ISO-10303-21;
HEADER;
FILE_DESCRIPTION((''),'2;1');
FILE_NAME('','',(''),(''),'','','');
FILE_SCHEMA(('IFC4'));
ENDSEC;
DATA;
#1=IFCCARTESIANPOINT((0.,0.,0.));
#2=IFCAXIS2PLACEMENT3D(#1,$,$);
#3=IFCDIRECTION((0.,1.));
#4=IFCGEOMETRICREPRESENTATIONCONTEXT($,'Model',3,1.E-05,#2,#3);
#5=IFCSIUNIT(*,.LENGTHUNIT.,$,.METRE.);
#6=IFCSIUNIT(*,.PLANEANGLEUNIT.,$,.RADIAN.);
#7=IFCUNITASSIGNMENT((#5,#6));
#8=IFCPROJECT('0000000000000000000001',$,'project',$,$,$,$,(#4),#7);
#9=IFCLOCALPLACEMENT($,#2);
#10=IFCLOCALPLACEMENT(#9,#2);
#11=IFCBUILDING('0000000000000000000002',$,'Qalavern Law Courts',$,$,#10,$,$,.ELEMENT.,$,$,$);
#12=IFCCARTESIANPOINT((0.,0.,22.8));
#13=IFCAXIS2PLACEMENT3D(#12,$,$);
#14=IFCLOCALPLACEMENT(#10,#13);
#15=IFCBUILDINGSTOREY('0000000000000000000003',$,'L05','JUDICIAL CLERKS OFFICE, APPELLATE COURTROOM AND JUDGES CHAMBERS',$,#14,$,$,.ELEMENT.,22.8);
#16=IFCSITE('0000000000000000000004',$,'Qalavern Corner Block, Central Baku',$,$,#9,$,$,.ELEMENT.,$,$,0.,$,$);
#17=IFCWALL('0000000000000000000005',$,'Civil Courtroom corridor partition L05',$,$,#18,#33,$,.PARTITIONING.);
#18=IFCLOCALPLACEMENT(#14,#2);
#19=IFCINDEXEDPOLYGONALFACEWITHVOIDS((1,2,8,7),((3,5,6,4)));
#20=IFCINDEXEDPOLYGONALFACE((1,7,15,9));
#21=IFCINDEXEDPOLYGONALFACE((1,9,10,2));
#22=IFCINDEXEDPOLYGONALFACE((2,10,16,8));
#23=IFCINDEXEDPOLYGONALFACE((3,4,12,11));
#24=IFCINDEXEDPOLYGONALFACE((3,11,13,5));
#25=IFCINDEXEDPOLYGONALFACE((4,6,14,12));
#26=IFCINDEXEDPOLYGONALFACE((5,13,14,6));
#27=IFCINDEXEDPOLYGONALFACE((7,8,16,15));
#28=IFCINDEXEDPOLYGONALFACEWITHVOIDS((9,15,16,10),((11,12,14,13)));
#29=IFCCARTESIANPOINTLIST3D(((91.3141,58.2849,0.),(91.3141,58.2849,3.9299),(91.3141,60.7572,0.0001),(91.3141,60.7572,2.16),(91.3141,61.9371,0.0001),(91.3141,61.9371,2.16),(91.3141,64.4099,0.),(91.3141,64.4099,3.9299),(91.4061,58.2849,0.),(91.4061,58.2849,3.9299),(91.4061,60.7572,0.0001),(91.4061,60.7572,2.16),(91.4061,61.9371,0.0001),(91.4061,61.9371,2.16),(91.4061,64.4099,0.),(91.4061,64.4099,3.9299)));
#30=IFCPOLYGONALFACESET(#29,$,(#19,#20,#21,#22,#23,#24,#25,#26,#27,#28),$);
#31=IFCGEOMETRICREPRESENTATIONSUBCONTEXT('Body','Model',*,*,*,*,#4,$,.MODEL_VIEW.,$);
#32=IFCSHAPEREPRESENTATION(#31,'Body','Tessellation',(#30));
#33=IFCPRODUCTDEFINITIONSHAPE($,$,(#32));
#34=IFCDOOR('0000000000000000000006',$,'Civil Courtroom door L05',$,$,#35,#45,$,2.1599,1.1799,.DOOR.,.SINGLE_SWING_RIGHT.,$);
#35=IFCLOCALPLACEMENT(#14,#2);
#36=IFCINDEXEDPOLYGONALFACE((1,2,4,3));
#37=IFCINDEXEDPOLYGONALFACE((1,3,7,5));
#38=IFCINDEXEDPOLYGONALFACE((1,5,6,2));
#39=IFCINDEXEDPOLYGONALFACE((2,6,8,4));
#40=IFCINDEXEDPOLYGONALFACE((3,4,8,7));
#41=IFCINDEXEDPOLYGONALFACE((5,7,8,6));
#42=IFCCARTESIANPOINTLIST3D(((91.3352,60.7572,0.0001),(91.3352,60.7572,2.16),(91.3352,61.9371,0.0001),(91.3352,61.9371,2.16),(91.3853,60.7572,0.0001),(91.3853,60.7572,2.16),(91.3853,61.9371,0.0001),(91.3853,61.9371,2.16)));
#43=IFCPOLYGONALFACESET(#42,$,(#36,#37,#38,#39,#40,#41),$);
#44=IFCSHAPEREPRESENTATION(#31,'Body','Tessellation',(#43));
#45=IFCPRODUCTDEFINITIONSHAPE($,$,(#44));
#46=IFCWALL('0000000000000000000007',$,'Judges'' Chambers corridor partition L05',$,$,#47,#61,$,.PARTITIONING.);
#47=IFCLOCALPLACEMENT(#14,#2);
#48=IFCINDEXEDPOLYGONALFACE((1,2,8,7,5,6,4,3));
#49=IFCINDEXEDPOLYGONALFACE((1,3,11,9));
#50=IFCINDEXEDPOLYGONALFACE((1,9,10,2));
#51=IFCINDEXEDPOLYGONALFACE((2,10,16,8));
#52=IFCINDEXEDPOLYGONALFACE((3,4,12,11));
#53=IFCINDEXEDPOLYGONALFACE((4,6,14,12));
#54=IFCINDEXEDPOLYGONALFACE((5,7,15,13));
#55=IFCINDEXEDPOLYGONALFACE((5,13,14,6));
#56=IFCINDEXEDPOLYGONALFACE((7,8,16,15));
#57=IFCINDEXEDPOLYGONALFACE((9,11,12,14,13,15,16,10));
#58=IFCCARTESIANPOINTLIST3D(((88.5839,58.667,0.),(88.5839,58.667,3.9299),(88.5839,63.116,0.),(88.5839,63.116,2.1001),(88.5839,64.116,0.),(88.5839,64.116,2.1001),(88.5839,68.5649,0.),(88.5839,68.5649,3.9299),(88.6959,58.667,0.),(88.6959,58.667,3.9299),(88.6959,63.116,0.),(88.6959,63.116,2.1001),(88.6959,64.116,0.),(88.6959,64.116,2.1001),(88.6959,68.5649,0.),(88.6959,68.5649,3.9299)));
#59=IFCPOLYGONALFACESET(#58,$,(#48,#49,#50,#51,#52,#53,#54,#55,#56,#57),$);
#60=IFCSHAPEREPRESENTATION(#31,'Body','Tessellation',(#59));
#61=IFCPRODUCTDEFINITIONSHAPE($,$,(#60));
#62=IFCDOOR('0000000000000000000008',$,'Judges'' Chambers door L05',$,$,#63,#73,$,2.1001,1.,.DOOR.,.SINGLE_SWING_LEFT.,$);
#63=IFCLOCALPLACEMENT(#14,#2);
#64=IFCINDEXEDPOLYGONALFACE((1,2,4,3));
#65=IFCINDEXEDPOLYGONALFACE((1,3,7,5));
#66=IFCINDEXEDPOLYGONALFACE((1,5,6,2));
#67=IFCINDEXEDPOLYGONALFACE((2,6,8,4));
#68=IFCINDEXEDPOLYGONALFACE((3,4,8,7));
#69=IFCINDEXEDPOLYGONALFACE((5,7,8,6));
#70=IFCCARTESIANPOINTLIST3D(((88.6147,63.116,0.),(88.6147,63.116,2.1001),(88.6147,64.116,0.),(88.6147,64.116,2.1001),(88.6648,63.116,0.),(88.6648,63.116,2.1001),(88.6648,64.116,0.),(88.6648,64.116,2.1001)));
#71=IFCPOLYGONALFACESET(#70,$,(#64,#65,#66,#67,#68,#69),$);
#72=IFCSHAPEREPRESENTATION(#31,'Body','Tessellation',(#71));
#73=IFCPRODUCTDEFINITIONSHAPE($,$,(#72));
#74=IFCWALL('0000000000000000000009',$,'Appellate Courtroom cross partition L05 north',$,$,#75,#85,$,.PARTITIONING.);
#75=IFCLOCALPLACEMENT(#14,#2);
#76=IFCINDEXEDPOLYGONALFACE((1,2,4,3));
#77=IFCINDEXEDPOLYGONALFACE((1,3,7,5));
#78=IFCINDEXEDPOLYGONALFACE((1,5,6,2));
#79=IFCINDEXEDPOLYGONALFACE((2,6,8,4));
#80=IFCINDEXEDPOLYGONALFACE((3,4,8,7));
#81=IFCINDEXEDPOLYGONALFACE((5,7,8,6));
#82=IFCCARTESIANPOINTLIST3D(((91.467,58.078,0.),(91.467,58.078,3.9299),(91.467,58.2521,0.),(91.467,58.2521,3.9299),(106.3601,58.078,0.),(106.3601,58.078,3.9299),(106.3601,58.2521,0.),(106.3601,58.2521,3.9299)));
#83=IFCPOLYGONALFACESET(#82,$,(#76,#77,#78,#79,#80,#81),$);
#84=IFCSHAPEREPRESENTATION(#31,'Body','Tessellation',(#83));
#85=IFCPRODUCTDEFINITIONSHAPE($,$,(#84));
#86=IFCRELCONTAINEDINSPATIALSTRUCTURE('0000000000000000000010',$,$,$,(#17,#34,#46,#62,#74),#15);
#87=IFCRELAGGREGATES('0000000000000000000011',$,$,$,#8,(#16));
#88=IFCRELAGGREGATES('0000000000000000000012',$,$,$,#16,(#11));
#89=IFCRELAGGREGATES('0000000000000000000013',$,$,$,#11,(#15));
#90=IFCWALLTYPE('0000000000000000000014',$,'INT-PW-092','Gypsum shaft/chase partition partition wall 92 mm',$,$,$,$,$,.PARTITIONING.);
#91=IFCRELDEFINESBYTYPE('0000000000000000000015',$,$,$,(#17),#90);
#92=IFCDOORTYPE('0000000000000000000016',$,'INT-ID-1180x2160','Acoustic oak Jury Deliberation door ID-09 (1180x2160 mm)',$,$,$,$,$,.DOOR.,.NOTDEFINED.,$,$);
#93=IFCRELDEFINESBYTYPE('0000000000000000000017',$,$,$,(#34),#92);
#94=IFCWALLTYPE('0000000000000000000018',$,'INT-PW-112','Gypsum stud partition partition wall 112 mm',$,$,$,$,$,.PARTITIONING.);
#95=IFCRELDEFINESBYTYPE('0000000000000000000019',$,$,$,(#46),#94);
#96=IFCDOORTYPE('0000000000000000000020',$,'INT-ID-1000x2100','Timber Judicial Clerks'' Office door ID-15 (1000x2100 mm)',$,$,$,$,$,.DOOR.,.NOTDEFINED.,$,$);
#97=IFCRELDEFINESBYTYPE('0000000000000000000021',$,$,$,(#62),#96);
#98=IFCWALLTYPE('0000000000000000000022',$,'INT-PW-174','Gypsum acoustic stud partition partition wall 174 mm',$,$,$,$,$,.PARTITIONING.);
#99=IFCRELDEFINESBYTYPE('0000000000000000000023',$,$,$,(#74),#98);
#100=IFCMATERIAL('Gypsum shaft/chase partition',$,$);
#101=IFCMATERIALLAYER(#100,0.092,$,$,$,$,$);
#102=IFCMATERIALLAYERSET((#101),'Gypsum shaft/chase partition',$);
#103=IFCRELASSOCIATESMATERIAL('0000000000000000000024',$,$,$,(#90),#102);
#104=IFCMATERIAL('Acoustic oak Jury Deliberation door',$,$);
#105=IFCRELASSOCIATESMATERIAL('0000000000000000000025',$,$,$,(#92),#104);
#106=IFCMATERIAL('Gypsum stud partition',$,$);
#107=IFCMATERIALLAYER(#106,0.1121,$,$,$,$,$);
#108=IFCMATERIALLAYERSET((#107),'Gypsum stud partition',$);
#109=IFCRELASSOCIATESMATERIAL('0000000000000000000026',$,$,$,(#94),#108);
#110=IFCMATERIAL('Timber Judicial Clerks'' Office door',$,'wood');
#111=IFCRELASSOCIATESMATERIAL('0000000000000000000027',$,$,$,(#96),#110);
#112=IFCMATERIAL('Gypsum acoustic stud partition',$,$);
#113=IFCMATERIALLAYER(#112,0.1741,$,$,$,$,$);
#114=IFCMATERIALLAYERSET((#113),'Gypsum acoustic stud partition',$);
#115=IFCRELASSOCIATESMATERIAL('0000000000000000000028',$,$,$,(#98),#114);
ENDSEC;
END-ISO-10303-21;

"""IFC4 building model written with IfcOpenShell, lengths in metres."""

from ifc_helpers import new_model, si_unit, direction, frame, frame_2d, origin, place, context, subcontext, project, spatial, rectangle, extrude, material, layer, layer_set, type_object, element, fill, save


model = new_model("IFC4")

# Units and contexts
model_context = context("Model", 3, precision=1e-05, world=origin(), true_north=direction((0.0, 1.0)))
body_context = subcontext(model_context, "Body", "Model", "MODEL_VIEW")
ifc_project = project(units=[si_unit("LENGTHUNIT", "METRE"), si_unit("PLANEANGLEUNIT", "RADIAN")], contexts=[model_context])

# Site, building, storey
site_placement = place(None, origin())
site = spatial("IfcSite", under=ifc_project, at=site_placement, Name="Qalavern Corner Block, Central Baku", CompositionType="ELEMENT", RefElevation=0.0)
building_placement = place(site_placement, origin())
building = spatial("IfcBuilding", under=site, at=building_placement, Name="Qalavern Law Courts", CompositionType="ELEMENT")
storey_placement = place(building_placement, frame((0.0, 0.0, 22.8)))
storey = spatial("IfcBuildingStorey", under=building, at=storey_placement, Name="L05", Description="JUDICIAL CLERKS OFFICE, APPELLATE COURTROOM AND JUDGES CHAMBERS", CompositionType="ELEMENT", Elevation=22.8)

# Walls, openings, doors
ifc_material_1 = material(Name="Gypsum shaft/chase partition")
ifc_layer_1 = layer(ifc_material_1, 0.092)
ifc_layer_set_1 = layer_set([ifc_layer_1], Name="Gypsum shaft/chase partition")
wall_type_1 = type_object("IfcWallType", Name="INT-PW-092", Description="Gypsum shaft/chase partition partition wall 92 mm", PredefinedType="PARTITIONING", material=ifc_layer_set_1)
wall_1_placement = place(storey_placement, frame((91.3601, 58.2849, 0.0), z_axis=(0.0, 0.0, 1.0), x_axis=(0.0, 1.0, 0.0)))
wall_1 = element("IfcWall", 1, at=wall_1_placement, inside=storey, type_object=wall_type_1, Name="Civil Courtroom corridor partition L05", PredefinedType="PARTITIONING", context=body_context, shape_type="SweptSolid", body=[
    extrude(rectangle(XDim=6.125, YDim=0.092, at=frame_2d((3.0625, 0.0))), origin(), (0.0, 0.0, 1.0), 3.9299),
])
opening_1_placement = place(wall_1_placement, frame((2.4724, 0.0, 0.0)))
opening_1 = element("IfcOpeningElement", 2, at=opening_1_placement, cuts=wall_1, PredefinedType="OPENING", context=body_context, shape_type="SweptSolid", body=[
    extrude(rectangle(XDim=1.1799, YDim=2.1599, at=frame_2d((0.5898, 1.0801))), frame((0.0, 0.061, 0.0), z_axis=(0.0, -1.0, 0.0), x_axis=(1.0, 0.0, 0.0)), (0.0, 0.0, 1.0), 0.1218),
])
ifc_material_2 = material(Name="Acoustic oak Jury Deliberation door")
door_type_1 = type_object("IfcDoorType", Name="INT-ID-1180x2160", Description="Acoustic oak Jury Deliberation door ID-09 (1180x2160 mm)", OperationType="NOTDEFINED", PredefinedType="DOOR", material=ifc_material_2)
door_1_placement = place(opening_1_placement, origin())
door_1 = element("IfcDoor", 3, at=door_1_placement, inside=storey, type_object=door_type_1, Name="Civil Courtroom door L05", OperationType="SINGLE_SWING_RIGHT", OverallHeight=2.1599, OverallWidth=1.1799, PredefinedType="DOOR", context=body_context, shape_type="SweptSolid", body=[
    extrude(rectangle(XDim=1.1799, YDim=2.1599, at=frame_2d((0.5898, 1.0801))), frame((0.0, 0.0249, 0.0), z_axis=(0.0, -1.0, 0.0), x_axis=(1.0, 0.0, 0.0)), (0.0, 0.0, 1.0), 0.05),
])
fill(opening_1, door_1)
ifc_material_3 = material(Name="Gypsum stud partition")
ifc_layer_2 = layer(ifc_material_3, 0.1121)
ifc_layer_set_2 = layer_set([ifc_layer_2], Name="Gypsum stud partition")
wall_type_2 = type_object("IfcWallType", Name="INT-PW-112", Description="Gypsum stud partition partition wall 112 mm", PredefinedType="PARTITIONING", material=ifc_layer_set_2)
wall_2_placement = place(storey_placement, frame((88.6399, 58.667, 0.0), z_axis=(0.0, 0.0, 1.0), x_axis=(0.0, 1.0, 0.0)))
wall_2 = element("IfcWall", 4, at=wall_2_placement, inside=storey, type_object=wall_type_2, Name="Judges' Chambers corridor partition L05", PredefinedType="PARTITIONING", context=body_context, shape_type="SweptSolid", body=[
    extrude(rectangle(XDim=9.8979, YDim=0.1121, at=frame_2d((4.949, 0.0))), origin(), (0.0, 0.0, 1.0), 3.9299),
])
opening_2_placement = place(wall_2_placement, frame((4.449, 0.0, 0.0)))
opening_2 = element("IfcOpeningElement", 5, at=opening_2_placement, cuts=wall_2, PredefinedType="OPENING", context=body_context, shape_type="SweptSolid", body=[
    extrude(rectangle(XDim=1.0, YDim=2.1001, at=frame_2d((0.5, 1.05))), frame((0.0, 0.0708, 0.0), z_axis=(0.0, -1.0, 0.0), x_axis=(1.0, 0.0, 0.0)), (0.0, 0.0, 1.0), 0.1418),
])
ifc_material_4 = material(Name="Timber Judicial Clerks' Office door", Category="wood")
door_type_2 = type_object("IfcDoorType", Name="INT-ID-1000x2100", Description="Timber Judicial Clerks' Office door ID-15 (1000x2100 mm)", OperationType="NOTDEFINED", PredefinedType="DOOR", material=ifc_material_4)
door_2_placement = place(opening_2_placement, frame((1.0, 0.0, 0.0), z_axis=(0.0, 0.0, 1.0), x_axis=(-1.0, 0.0, 0.0)))
door_2 = element("IfcDoor", 6, at=door_2_placement, inside=storey, type_object=door_type_2, Name="Judges' Chambers door L05", OperationType="SINGLE_SWING_LEFT", OverallHeight=2.1001, OverallWidth=1.0, PredefinedType="DOOR", context=body_context, shape_type="SweptSolid", body=[
    extrude(rectangle(XDim=1.0, YDim=2.1001, at=frame_2d((0.5, 1.05))), frame((0.0, 0.0249, 0.0), z_axis=(0.0, -1.0, 0.0), x_axis=(1.0, 0.0, 0.0)), (0.0, 0.0, 1.0), 0.05),
])
fill(opening_2, door_2)

# Wall
ifc_material_5 = material(Name="Gypsum acoustic stud partition")
ifc_layer_3 = layer(ifc_material_5, 0.1741)
ifc_layer_set_3 = layer_set([ifc_layer_3], Name="Gypsum acoustic stud partition")
wall_type_3 = type_object("IfcWallType", Name="INT-PW-174", Description="Gypsum acoustic stud partition partition wall 174 mm", PredefinedType="PARTITIONING", material=ifc_layer_set_3)
wall_3_placement = place(storey_placement, frame((91.467, 58.165, 0.0), z_axis=(0.0, 0.0, 1.0), x_axis=(1.0, 0.0, 0.0)))
element("IfcWall", 7, at=wall_3_placement, inside=storey, type_object=wall_type_3, Name="Appellate Courtroom cross partition L05 north", PredefinedType="PARTITIONING", context=body_context, shape_type="SweptSolid", body=[
    extrude(rectangle(XDim=14.8931, YDim=0.1741, at=frame_2d((7.4465, 0.0))), origin(), (0.0, 0.0, 1.0), 3.9299),
])

save(model, "model.ifc")
